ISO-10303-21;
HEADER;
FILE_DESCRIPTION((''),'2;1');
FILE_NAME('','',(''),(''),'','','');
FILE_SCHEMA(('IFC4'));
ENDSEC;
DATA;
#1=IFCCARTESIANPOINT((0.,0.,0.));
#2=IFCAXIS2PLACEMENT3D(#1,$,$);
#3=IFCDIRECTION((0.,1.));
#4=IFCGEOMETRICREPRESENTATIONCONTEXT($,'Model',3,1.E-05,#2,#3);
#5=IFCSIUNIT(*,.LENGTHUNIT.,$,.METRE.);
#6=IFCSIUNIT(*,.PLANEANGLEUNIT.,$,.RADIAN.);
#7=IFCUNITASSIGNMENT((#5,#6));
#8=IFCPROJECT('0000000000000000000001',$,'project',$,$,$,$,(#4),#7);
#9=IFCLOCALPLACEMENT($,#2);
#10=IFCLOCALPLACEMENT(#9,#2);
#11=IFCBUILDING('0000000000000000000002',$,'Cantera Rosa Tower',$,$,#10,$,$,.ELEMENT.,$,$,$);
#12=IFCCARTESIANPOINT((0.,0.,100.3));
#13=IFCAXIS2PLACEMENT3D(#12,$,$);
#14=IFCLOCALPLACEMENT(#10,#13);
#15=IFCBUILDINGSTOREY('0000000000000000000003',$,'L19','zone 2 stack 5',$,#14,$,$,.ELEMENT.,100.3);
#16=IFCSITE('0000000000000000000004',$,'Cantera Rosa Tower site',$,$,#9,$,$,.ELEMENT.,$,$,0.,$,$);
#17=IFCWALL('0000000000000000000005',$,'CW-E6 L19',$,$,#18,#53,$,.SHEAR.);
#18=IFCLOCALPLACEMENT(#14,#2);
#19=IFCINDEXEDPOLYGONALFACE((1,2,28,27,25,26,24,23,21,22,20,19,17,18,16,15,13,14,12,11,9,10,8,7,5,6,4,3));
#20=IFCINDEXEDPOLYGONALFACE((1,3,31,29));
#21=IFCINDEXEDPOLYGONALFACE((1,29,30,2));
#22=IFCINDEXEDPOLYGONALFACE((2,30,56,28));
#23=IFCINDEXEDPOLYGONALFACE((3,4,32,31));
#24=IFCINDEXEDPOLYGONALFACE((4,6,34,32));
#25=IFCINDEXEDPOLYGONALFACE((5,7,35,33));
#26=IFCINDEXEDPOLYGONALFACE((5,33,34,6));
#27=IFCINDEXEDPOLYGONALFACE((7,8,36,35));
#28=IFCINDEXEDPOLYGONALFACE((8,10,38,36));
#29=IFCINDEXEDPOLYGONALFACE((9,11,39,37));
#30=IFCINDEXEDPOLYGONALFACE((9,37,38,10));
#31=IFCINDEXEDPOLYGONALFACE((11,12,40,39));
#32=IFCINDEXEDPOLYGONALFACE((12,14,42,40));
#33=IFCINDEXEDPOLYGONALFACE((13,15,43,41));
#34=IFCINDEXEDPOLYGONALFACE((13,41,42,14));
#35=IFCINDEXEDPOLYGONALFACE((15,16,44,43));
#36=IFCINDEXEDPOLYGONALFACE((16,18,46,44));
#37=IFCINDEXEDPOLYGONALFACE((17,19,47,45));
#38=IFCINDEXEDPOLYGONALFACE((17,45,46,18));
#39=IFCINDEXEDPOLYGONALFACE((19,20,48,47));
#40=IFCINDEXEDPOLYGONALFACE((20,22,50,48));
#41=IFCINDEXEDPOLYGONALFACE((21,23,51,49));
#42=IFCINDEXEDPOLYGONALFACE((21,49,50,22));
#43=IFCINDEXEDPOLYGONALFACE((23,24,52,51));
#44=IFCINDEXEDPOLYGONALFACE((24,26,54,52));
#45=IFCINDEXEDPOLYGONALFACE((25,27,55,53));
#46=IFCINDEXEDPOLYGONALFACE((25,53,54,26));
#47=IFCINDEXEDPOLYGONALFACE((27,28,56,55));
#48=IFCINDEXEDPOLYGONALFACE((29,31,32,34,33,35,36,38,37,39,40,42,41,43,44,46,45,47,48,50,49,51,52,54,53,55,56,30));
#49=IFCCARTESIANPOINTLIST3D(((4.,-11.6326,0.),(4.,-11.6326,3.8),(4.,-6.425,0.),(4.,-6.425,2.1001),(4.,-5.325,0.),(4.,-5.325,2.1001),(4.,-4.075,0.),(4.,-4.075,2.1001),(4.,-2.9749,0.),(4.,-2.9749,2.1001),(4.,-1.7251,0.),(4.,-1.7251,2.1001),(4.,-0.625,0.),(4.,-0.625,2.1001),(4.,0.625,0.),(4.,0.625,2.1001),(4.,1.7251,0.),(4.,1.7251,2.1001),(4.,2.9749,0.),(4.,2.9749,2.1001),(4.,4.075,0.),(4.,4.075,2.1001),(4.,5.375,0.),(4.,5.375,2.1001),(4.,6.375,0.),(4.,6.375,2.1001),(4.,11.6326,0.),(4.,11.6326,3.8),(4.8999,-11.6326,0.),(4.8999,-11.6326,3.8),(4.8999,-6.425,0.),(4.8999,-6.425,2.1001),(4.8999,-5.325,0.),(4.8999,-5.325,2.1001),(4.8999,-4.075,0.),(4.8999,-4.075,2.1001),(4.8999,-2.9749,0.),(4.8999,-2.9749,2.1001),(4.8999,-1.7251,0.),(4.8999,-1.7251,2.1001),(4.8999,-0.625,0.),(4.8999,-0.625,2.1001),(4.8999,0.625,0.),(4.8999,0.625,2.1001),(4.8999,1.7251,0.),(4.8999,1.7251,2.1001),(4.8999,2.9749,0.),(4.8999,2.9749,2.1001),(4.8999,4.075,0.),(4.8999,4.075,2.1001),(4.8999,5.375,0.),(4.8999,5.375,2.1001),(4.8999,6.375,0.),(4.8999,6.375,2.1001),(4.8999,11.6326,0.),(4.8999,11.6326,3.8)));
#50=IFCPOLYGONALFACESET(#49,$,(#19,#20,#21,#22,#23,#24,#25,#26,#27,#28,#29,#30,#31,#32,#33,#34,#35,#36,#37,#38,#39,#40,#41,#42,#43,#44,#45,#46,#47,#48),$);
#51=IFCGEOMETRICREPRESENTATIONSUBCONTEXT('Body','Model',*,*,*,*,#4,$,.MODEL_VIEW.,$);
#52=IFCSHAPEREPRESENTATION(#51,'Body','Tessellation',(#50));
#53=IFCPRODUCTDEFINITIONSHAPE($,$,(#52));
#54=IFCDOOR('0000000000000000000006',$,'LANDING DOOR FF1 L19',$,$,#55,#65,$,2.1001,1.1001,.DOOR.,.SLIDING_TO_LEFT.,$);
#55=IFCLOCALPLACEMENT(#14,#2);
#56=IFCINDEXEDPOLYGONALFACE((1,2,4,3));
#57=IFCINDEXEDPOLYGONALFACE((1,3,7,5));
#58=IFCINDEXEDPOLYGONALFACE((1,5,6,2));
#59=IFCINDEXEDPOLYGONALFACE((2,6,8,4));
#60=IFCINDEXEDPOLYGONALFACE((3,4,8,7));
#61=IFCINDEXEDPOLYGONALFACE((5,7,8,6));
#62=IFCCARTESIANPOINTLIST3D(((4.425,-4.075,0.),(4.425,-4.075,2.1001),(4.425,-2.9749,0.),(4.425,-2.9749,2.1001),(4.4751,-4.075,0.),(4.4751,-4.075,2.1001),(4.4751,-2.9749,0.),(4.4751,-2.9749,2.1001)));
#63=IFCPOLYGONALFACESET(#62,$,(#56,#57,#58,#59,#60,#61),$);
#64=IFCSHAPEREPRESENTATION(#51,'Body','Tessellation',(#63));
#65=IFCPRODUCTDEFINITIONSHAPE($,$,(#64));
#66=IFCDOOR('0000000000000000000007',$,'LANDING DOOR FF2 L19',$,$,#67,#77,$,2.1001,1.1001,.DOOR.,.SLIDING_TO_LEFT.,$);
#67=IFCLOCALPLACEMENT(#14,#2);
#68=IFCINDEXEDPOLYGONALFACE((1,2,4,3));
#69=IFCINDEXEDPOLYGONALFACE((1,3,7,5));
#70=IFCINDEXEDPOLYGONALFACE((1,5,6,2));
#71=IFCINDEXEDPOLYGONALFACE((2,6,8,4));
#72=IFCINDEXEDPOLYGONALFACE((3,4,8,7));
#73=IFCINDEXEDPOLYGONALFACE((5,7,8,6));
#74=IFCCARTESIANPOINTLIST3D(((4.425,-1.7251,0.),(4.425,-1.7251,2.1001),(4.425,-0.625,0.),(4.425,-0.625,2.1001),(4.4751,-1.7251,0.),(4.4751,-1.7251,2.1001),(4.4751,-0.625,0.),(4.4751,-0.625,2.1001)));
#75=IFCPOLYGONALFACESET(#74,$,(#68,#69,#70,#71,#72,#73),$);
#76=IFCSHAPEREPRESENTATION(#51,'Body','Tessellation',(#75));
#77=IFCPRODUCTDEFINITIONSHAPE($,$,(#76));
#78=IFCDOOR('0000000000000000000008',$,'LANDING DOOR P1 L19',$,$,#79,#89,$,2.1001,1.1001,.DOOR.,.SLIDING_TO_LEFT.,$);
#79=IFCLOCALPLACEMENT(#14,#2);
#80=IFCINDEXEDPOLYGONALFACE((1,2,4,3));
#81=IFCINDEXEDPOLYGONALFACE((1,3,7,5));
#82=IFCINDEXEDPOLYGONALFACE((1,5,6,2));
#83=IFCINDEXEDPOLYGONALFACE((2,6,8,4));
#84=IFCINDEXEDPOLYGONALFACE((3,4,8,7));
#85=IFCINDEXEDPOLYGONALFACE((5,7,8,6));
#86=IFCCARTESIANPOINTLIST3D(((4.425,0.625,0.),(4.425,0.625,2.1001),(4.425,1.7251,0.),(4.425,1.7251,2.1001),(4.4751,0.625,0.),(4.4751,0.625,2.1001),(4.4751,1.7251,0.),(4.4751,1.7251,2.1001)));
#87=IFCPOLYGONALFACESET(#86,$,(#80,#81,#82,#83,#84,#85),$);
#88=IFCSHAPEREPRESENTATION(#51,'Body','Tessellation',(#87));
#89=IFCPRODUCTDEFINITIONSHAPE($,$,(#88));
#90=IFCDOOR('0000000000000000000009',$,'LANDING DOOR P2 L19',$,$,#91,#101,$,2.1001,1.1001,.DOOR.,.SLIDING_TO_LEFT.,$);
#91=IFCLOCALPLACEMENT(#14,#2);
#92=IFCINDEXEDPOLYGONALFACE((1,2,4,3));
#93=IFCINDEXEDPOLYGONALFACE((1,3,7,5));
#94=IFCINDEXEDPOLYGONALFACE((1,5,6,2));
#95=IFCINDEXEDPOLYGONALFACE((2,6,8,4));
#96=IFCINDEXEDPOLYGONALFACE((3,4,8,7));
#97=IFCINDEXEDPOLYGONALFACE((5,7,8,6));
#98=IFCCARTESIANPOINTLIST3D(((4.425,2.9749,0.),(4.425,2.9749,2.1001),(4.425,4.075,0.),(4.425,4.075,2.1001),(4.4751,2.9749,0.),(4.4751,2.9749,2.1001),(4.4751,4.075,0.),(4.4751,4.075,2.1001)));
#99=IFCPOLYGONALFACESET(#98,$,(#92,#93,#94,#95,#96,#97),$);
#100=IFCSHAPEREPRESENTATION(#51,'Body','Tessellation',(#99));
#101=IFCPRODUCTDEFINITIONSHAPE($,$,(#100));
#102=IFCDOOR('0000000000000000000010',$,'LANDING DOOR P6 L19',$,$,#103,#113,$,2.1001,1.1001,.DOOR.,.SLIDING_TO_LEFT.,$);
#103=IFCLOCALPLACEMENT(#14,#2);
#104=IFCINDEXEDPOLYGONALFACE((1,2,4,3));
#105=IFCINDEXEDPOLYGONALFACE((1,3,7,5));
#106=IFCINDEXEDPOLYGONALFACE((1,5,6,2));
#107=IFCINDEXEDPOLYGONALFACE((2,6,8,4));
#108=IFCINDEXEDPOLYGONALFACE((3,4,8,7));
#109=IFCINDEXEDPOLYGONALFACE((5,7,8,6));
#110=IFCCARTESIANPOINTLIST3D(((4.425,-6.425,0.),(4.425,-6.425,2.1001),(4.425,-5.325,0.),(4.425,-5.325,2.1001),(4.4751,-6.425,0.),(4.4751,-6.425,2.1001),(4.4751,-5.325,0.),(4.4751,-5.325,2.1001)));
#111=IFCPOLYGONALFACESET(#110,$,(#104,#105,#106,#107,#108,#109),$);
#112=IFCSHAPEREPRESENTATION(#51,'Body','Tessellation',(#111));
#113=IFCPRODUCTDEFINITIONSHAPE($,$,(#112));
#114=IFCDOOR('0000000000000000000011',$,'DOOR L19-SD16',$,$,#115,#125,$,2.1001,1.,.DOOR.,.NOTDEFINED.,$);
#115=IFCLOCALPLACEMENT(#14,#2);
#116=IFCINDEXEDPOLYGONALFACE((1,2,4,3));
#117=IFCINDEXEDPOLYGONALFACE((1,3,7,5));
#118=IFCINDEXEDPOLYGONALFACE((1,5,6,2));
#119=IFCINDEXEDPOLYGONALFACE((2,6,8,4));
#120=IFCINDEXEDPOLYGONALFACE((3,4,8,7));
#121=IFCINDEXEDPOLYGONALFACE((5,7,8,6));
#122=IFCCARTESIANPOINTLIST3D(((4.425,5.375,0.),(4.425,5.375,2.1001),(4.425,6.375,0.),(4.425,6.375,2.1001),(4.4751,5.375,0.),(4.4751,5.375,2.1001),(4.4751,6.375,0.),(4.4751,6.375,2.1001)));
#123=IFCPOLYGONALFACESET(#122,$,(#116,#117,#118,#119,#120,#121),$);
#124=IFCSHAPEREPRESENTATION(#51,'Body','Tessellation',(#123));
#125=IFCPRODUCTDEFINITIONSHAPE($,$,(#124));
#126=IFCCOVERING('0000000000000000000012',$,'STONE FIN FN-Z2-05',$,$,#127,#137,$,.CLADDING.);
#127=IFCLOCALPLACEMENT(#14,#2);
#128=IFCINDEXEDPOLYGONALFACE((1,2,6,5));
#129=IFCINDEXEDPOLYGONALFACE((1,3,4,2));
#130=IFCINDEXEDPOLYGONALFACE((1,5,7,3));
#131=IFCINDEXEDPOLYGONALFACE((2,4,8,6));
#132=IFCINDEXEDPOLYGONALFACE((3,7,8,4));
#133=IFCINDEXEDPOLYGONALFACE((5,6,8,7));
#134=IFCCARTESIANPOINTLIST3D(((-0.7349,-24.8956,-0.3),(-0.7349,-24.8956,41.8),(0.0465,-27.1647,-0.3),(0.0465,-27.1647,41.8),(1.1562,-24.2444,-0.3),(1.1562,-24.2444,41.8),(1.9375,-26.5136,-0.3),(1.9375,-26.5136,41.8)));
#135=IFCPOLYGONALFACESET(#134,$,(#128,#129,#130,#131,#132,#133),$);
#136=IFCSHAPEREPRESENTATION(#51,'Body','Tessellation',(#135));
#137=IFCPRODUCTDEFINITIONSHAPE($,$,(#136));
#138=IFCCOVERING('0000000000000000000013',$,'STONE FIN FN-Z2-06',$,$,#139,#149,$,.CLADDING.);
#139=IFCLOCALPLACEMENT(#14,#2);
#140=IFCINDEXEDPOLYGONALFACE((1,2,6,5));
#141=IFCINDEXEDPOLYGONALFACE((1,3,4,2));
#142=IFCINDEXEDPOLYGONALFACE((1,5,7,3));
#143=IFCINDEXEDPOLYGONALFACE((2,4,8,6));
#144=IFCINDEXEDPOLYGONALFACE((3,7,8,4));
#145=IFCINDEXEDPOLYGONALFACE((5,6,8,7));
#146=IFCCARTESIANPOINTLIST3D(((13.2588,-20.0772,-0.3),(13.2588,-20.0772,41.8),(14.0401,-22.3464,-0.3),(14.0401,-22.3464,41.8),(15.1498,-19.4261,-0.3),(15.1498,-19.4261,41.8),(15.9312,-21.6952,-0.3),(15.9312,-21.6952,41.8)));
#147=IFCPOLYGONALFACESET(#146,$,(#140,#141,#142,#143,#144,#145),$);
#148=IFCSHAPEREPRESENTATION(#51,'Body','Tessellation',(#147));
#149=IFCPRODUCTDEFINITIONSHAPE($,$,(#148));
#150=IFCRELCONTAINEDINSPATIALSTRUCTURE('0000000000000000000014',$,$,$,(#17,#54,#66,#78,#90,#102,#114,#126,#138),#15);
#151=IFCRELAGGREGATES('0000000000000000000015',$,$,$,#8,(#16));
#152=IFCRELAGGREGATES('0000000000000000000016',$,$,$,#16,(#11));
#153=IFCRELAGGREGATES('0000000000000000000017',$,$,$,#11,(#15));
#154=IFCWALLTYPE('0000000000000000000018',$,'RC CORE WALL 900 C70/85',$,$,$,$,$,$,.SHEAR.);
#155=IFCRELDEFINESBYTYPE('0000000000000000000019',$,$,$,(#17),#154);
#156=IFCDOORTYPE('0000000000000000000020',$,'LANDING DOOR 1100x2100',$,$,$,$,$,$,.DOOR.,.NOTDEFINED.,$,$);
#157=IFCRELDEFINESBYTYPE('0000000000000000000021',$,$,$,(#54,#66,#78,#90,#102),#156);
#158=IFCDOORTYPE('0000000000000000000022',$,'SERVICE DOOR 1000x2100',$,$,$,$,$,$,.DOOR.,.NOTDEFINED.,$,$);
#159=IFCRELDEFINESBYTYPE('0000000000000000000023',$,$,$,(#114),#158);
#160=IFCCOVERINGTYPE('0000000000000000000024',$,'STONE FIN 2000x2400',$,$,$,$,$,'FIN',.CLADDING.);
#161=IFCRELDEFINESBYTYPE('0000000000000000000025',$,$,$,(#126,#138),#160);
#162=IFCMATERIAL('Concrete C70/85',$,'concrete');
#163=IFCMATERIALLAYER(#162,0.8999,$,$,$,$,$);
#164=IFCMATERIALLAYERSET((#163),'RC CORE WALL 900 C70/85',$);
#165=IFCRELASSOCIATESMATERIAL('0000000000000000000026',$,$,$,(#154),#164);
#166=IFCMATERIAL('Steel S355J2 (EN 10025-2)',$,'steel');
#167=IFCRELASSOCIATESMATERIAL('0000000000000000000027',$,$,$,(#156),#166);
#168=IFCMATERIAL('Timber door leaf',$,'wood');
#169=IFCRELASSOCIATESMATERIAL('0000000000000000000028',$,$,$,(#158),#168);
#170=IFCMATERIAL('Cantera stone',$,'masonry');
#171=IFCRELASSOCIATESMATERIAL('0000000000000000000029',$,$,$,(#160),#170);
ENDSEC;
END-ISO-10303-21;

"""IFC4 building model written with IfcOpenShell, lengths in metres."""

from ifc_helpers import new_model, si_unit, direction, frame, frame_2d, origin, origin_2d, place, context, subcontext, project, spatial, rectangle, extrude, material, layer, layer_set, type_object, element, fill, save


model = new_model("IFC4")

# Units and contexts
model_context = context("Model", 3, precision=1e-05, world=origin(), true_north=direction((0.0, 1.0)))
body_context = subcontext(model_context, "Body", "Model", "MODEL_VIEW")
ifc_project = project(units=[si_unit("LENGTHUNIT", "METRE"), si_unit("PLANEANGLEUNIT", "RADIAN")], contexts=[model_context])

# Site, building, storey
site_placement = place(None, origin())
site = spatial("IfcSite", under=ifc_project, at=site_placement, Name="Cantera Rosa Tower site", CompositionType="ELEMENT", RefElevation=0.0)
building_placement = place(site_placement, origin())
building = spatial("IfcBuilding", under=site, at=building_placement, Name="Cantera Rosa Tower", CompositionType="ELEMENT")
storey_placement = place(building_placement, frame((0.0, 0.0, 100.3)))
storey = spatial("IfcBuildingStorey", under=building, at=storey_placement, Name="L19", Description="zone 2 stack 5", CompositionType="ELEMENT", Elevation=100.3)

# Wall, openings, doors
ifc_material_1 = material(Name="Concrete C70/85", Category="concrete")
ifc_layer_1 = layer(ifc_material_1, 0.8999)
ifc_layer_set_1 = layer_set([ifc_layer_1], Name="RC CORE WALL 900 C70/85")
wall_type_1 = type_object("IfcWallType", Name="RC CORE WALL 900 C70/85", PredefinedType="SHEAR", material=ifc_layer_set_1)
wall_1_placement = place(storey_placement, frame((4.45, -11.6326, 0.0), z_axis=(0.0, 0.0, 1.0), x_axis=(0.0, 1.0, 0.0)))
wall_1 = element("IfcWall", 1, at=wall_1_placement, inside=storey, type_object=wall_type_1, Name="CW-E6 L19", PredefinedType="SHEAR", context=body_context, shape_type="SweptSolid", body=[
    extrude(rectangle(XDim=23.2651, YDim=0.8999, at=frame_2d((11.6326, 0.0))), origin(), (0.0, 0.0, 1.0), 3.8),
])
opening_1_placement = place(wall_1_placement, frame((7.5576, 0.0, 0.0)))
opening_1 = element("IfcOpeningElement", 2, at=opening_1_placement, cuts=wall_1, PredefinedType="OPENING", context=body_context, shape_type="SweptSolid", body=[
    extrude(rectangle(XDim=1.1001, YDim=2.1001, at=frame_2d((0.55, 1.05))), frame((0.0, 0.46, 0.0), z_axis=(0.0, -1.0, 0.0), x_axis=(1.0, 0.0, 0.0)), (0.0, 0.0, 1.0), 0.9199),
])
opening_2_placement = place(wall_1_placement, frame((9.9075, 0.0, 0.0)))
opening_2 = element("IfcOpeningElement", 3, at=opening_2_placement, cuts=wall_1, PredefinedType="OPENING", context=body_context, shape_type="SweptSolid", body=[
    extrude(rectangle(XDim=1.1001, YDim=2.1001, at=frame_2d((0.55, 1.05))), frame((0.0, 0.46, 0.0), z_axis=(0.0, -1.0, 0.0), x_axis=(1.0, 0.0, 0.0)), (0.0, 0.0, 1.0), 0.9199),
])
opening_3_placement = place(wall_1_placement, frame((12.2576, 0.0, 0.0)))
opening_3 = element("IfcOpeningElement", 4, at=opening_3_placement, cuts=wall_1, PredefinedType="OPENING", context=body_context, shape_type="SweptSolid", body=[
    extrude(rectangle(XDim=1.1001, YDim=2.1001, at=frame_2d((0.55, 1.05))), frame((0.0, 0.46, 0.0), z_axis=(0.0, -1.0, 0.0), x_axis=(1.0, 0.0, 0.0)), (0.0, 0.0, 1.0), 0.9199),
])
opening_4_placement = place(wall_1_placement, frame((14.6074, 0.0, 0.0)))
opening_4 = element("IfcOpeningElement", 5, at=opening_4_placement, cuts=wall_1, PredefinedType="OPENING", context=body_context, shape_type="SweptSolid", body=[
    extrude(rectangle(XDim=1.1001, YDim=2.1001, at=frame_2d((0.55, 1.05))), frame((0.0, 0.46, 0.0), z_axis=(0.0, -1.0, 0.0), x_axis=(1.0, 0.0, 0.0)), (0.0, 0.0, 1.0), 0.9199),
])
opening_5_placement = place(wall_1_placement, frame((5.2075, 0.0, 0.0)))
opening_5 = element("IfcOpeningElement", 6, at=opening_5_placement, cuts=wall_1, PredefinedType="OPENING", context=body_context, shape_type="SweptSolid", body=[
    extrude(rectangle(XDim=1.1001, YDim=2.1001, at=frame_2d((0.55, 1.05))), frame((0.0, 0.46, 0.0), z_axis=(0.0, -1.0, 0.0), x_axis=(1.0, 0.0, 0.0)), (0.0, 0.0, 1.0), 0.9199),
])
opening_6_placement = place(wall_1_placement, frame((17.0076, 0.0, 0.0)))
opening_6 = element("IfcOpeningElement", 7, at=opening_6_placement, cuts=wall_1, PredefinedType="OPENING", context=body_context, shape_type="SweptSolid", body=[
    extrude(rectangle(XDim=1.0, YDim=2.1001, at=frame_2d((0.5, 1.05))), frame((0.0, 0.46, 0.0), z_axis=(0.0, -1.0, 0.0), x_axis=(1.0, 0.0, 0.0)), (0.0, 0.0, 1.0), 0.9199),
])
ifc_material_2 = material(Name="Steel S355J2 (EN 10025-2)", Category="steel")
door_type_1 = type_object("IfcDoorType", Name="LANDING DOOR 1100x2100", OperationType="NOTDEFINED", PredefinedType="DOOR", material=ifc_material_2)
door_1_placement = place(opening_1_placement, origin())
door_1 = element("IfcDoor", 8, at=door_1_placement, inside=storey, type_object=door_type_1, Name="LANDING DOOR FF1 L19", OperationType="SLIDING_TO_LEFT", OverallHeight=2.1001, OverallWidth=1.1001, PredefinedType="DOOR", context=body_context, shape_type="SweptSolid", body=[
    extrude(rectangle(XDim=1.1001, YDim=2.1001, at=frame_2d((0.55, 1.05))), frame((0.0, 0.0249, 0.0), z_axis=(0.0, -1.0, 0.0), x_axis=(1.0, 0.0, 0.0)), (0.0, 0.0, 1.0), 0.05),
])
fill(opening_1, door_1)
door_2_placement = place(opening_2_placement, origin())
door_2 = element("IfcDoor", 9, at=door_2_placement, inside=storey, type_object=door_type_1, Name="LANDING DOOR FF2 L19", OperationType="SLIDING_TO_LEFT", OverallHeight=2.1001, OverallWidth=1.1001, PredefinedType="DOOR", context=body_context, shape_type="SweptSolid", body=[
    extrude(rectangle(XDim=1.1001, YDim=2.1001, at=frame_2d((0.55, 1.05))), frame((0.0, 0.0249, 0.0), z_axis=(0.0, -1.0, 0.0), x_axis=(1.0, 0.0, 0.0)), (0.0, 0.0, 1.0), 0.05),
])
fill(opening_2, door_2)
door_3_placement = place(opening_3_placement, origin())
door_3 = element("IfcDoor", 10, at=door_3_placement, inside=storey, type_object=door_type_1, Name="LANDING DOOR P1 L19", OperationType="SLIDING_TO_LEFT", OverallHeight=2.1001, OverallWidth=1.1001, PredefinedType="DOOR", context=body_context, shape_type="SweptSolid", body=[
    extrude(rectangle(XDim=1.1001, YDim=2.1001, at=frame_2d((0.55, 1.05))), frame((0.0, 0.0249, 0.0), z_axis=(0.0, -1.0, 0.0), x_axis=(1.0, 0.0, 0.0)), (0.0, 0.0, 1.0), 0.05),
])
fill(opening_3, door_3)
door_4_placement = place(opening_4_placement, origin())
door_4 = element("IfcDoor", 11, at=door_4_placement, inside=storey, type_object=door_type_1, Name="LANDING DOOR P2 L19", OperationType="SLIDING_TO_LEFT", OverallHeight=2.1001, OverallWidth=1.1001, PredefinedType="DOOR", context=body_context, shape_type="SweptSolid", body=[
    extrude(rectangle(XDim=1.1001, YDim=2.1001, at=frame_2d((0.55, 1.05))), frame((0.0, 0.0249, 0.0), z_axis=(0.0, -1.0, 0.0), x_axis=(1.0, 0.0, 0.0)), (0.0, 0.0, 1.0), 0.05),
])
fill(opening_4, door_4)
door_5_placement = place(opening_5_placement, origin())
door_5 = element("IfcDoor", 12, at=door_5_placement, inside=storey, type_object=door_type_1, Name="LANDING DOOR P6 L19", OperationType="SLIDING_TO_LEFT", OverallHeight=2.1001, OverallWidth=1.1001, PredefinedType="DOOR", context=body_context, shape_type="SweptSolid", body=[
    extrude(rectangle(XDim=1.1001, YDim=2.1001, at=frame_2d((0.55, 1.05))), frame((0.0, 0.0249, 0.0), z_axis=(0.0, -1.0, 0.0), x_axis=(1.0, 0.0, 0.0)), (0.0, 0.0, 1.0), 0.05),
])
fill(opening_5, door_5)
ifc_material_3 = material(Name="Timber door leaf", Category="wood")
door_type_2 = type_object("IfcDoorType", Name="SERVICE DOOR 1000x2100", OperationType="NOTDEFINED", PredefinedType="DOOR", material=ifc_material_3)
door_6_placement = place(opening_6_placement, origin())
door_6 = element("IfcDoor", 13, at=door_6_placement, inside=storey, type_object=door_type_2, Name="DOOR L19-SD16", OperationType="NOTDEFINED", OverallHeight=2.1001, OverallWidth=1.0, PredefinedType="DOOR", context=body_context, shape_type="SweptSolid", body=[
    extrude(rectangle(XDim=1.0, YDim=2.1001, at=frame_2d((0.5, 1.05))), frame((0.0, 0.0249, 0.0), z_axis=(0.0, -1.0, 0.0), x_axis=(1.0, 0.0, 0.0)), (0.0, 0.0, 1.0), 0.05),
])
fill(opening_6, door_6)

# Coverings
ifc_material_4 = material(Name="Cantera stone", Category="masonry")
covering_type = type_object("IfcCoveringType", Name="STONE FIN 2000x2400", ElementType="FIN", PredefinedType="CLADDING", material=ifc_material_4)
for number, where, z_axis, x_axis, name in (
    (14, (0.6013, -25.7046, -0.3), (0.0, 0.0, 1.0), (0.945519, 0.325568, 0.0), "STONE FIN FN-Z2-05"),
    (15, (14.595, -20.8862, -0.3), (0.0, 0.0, 1.0), (0.945519, 0.325568, 0.0), "STONE FIN FN-Z2-06"),
):
    element("IfcCovering", number, at=place(storey_placement, frame(where, z_axis=z_axis, x_axis=x_axis)), inside=storey, type_object=covering_type, Name=name, PredefinedType="CLADDING", context=body_context, shape_type="SweptSolid", body=[
        extrude(rectangle(XDim=2.0, YDim=2.3999, at=origin_2d()), origin(), (0.0, 0.0, 1.0), 42.1001),
    ])

save(model, "model.ifc")
